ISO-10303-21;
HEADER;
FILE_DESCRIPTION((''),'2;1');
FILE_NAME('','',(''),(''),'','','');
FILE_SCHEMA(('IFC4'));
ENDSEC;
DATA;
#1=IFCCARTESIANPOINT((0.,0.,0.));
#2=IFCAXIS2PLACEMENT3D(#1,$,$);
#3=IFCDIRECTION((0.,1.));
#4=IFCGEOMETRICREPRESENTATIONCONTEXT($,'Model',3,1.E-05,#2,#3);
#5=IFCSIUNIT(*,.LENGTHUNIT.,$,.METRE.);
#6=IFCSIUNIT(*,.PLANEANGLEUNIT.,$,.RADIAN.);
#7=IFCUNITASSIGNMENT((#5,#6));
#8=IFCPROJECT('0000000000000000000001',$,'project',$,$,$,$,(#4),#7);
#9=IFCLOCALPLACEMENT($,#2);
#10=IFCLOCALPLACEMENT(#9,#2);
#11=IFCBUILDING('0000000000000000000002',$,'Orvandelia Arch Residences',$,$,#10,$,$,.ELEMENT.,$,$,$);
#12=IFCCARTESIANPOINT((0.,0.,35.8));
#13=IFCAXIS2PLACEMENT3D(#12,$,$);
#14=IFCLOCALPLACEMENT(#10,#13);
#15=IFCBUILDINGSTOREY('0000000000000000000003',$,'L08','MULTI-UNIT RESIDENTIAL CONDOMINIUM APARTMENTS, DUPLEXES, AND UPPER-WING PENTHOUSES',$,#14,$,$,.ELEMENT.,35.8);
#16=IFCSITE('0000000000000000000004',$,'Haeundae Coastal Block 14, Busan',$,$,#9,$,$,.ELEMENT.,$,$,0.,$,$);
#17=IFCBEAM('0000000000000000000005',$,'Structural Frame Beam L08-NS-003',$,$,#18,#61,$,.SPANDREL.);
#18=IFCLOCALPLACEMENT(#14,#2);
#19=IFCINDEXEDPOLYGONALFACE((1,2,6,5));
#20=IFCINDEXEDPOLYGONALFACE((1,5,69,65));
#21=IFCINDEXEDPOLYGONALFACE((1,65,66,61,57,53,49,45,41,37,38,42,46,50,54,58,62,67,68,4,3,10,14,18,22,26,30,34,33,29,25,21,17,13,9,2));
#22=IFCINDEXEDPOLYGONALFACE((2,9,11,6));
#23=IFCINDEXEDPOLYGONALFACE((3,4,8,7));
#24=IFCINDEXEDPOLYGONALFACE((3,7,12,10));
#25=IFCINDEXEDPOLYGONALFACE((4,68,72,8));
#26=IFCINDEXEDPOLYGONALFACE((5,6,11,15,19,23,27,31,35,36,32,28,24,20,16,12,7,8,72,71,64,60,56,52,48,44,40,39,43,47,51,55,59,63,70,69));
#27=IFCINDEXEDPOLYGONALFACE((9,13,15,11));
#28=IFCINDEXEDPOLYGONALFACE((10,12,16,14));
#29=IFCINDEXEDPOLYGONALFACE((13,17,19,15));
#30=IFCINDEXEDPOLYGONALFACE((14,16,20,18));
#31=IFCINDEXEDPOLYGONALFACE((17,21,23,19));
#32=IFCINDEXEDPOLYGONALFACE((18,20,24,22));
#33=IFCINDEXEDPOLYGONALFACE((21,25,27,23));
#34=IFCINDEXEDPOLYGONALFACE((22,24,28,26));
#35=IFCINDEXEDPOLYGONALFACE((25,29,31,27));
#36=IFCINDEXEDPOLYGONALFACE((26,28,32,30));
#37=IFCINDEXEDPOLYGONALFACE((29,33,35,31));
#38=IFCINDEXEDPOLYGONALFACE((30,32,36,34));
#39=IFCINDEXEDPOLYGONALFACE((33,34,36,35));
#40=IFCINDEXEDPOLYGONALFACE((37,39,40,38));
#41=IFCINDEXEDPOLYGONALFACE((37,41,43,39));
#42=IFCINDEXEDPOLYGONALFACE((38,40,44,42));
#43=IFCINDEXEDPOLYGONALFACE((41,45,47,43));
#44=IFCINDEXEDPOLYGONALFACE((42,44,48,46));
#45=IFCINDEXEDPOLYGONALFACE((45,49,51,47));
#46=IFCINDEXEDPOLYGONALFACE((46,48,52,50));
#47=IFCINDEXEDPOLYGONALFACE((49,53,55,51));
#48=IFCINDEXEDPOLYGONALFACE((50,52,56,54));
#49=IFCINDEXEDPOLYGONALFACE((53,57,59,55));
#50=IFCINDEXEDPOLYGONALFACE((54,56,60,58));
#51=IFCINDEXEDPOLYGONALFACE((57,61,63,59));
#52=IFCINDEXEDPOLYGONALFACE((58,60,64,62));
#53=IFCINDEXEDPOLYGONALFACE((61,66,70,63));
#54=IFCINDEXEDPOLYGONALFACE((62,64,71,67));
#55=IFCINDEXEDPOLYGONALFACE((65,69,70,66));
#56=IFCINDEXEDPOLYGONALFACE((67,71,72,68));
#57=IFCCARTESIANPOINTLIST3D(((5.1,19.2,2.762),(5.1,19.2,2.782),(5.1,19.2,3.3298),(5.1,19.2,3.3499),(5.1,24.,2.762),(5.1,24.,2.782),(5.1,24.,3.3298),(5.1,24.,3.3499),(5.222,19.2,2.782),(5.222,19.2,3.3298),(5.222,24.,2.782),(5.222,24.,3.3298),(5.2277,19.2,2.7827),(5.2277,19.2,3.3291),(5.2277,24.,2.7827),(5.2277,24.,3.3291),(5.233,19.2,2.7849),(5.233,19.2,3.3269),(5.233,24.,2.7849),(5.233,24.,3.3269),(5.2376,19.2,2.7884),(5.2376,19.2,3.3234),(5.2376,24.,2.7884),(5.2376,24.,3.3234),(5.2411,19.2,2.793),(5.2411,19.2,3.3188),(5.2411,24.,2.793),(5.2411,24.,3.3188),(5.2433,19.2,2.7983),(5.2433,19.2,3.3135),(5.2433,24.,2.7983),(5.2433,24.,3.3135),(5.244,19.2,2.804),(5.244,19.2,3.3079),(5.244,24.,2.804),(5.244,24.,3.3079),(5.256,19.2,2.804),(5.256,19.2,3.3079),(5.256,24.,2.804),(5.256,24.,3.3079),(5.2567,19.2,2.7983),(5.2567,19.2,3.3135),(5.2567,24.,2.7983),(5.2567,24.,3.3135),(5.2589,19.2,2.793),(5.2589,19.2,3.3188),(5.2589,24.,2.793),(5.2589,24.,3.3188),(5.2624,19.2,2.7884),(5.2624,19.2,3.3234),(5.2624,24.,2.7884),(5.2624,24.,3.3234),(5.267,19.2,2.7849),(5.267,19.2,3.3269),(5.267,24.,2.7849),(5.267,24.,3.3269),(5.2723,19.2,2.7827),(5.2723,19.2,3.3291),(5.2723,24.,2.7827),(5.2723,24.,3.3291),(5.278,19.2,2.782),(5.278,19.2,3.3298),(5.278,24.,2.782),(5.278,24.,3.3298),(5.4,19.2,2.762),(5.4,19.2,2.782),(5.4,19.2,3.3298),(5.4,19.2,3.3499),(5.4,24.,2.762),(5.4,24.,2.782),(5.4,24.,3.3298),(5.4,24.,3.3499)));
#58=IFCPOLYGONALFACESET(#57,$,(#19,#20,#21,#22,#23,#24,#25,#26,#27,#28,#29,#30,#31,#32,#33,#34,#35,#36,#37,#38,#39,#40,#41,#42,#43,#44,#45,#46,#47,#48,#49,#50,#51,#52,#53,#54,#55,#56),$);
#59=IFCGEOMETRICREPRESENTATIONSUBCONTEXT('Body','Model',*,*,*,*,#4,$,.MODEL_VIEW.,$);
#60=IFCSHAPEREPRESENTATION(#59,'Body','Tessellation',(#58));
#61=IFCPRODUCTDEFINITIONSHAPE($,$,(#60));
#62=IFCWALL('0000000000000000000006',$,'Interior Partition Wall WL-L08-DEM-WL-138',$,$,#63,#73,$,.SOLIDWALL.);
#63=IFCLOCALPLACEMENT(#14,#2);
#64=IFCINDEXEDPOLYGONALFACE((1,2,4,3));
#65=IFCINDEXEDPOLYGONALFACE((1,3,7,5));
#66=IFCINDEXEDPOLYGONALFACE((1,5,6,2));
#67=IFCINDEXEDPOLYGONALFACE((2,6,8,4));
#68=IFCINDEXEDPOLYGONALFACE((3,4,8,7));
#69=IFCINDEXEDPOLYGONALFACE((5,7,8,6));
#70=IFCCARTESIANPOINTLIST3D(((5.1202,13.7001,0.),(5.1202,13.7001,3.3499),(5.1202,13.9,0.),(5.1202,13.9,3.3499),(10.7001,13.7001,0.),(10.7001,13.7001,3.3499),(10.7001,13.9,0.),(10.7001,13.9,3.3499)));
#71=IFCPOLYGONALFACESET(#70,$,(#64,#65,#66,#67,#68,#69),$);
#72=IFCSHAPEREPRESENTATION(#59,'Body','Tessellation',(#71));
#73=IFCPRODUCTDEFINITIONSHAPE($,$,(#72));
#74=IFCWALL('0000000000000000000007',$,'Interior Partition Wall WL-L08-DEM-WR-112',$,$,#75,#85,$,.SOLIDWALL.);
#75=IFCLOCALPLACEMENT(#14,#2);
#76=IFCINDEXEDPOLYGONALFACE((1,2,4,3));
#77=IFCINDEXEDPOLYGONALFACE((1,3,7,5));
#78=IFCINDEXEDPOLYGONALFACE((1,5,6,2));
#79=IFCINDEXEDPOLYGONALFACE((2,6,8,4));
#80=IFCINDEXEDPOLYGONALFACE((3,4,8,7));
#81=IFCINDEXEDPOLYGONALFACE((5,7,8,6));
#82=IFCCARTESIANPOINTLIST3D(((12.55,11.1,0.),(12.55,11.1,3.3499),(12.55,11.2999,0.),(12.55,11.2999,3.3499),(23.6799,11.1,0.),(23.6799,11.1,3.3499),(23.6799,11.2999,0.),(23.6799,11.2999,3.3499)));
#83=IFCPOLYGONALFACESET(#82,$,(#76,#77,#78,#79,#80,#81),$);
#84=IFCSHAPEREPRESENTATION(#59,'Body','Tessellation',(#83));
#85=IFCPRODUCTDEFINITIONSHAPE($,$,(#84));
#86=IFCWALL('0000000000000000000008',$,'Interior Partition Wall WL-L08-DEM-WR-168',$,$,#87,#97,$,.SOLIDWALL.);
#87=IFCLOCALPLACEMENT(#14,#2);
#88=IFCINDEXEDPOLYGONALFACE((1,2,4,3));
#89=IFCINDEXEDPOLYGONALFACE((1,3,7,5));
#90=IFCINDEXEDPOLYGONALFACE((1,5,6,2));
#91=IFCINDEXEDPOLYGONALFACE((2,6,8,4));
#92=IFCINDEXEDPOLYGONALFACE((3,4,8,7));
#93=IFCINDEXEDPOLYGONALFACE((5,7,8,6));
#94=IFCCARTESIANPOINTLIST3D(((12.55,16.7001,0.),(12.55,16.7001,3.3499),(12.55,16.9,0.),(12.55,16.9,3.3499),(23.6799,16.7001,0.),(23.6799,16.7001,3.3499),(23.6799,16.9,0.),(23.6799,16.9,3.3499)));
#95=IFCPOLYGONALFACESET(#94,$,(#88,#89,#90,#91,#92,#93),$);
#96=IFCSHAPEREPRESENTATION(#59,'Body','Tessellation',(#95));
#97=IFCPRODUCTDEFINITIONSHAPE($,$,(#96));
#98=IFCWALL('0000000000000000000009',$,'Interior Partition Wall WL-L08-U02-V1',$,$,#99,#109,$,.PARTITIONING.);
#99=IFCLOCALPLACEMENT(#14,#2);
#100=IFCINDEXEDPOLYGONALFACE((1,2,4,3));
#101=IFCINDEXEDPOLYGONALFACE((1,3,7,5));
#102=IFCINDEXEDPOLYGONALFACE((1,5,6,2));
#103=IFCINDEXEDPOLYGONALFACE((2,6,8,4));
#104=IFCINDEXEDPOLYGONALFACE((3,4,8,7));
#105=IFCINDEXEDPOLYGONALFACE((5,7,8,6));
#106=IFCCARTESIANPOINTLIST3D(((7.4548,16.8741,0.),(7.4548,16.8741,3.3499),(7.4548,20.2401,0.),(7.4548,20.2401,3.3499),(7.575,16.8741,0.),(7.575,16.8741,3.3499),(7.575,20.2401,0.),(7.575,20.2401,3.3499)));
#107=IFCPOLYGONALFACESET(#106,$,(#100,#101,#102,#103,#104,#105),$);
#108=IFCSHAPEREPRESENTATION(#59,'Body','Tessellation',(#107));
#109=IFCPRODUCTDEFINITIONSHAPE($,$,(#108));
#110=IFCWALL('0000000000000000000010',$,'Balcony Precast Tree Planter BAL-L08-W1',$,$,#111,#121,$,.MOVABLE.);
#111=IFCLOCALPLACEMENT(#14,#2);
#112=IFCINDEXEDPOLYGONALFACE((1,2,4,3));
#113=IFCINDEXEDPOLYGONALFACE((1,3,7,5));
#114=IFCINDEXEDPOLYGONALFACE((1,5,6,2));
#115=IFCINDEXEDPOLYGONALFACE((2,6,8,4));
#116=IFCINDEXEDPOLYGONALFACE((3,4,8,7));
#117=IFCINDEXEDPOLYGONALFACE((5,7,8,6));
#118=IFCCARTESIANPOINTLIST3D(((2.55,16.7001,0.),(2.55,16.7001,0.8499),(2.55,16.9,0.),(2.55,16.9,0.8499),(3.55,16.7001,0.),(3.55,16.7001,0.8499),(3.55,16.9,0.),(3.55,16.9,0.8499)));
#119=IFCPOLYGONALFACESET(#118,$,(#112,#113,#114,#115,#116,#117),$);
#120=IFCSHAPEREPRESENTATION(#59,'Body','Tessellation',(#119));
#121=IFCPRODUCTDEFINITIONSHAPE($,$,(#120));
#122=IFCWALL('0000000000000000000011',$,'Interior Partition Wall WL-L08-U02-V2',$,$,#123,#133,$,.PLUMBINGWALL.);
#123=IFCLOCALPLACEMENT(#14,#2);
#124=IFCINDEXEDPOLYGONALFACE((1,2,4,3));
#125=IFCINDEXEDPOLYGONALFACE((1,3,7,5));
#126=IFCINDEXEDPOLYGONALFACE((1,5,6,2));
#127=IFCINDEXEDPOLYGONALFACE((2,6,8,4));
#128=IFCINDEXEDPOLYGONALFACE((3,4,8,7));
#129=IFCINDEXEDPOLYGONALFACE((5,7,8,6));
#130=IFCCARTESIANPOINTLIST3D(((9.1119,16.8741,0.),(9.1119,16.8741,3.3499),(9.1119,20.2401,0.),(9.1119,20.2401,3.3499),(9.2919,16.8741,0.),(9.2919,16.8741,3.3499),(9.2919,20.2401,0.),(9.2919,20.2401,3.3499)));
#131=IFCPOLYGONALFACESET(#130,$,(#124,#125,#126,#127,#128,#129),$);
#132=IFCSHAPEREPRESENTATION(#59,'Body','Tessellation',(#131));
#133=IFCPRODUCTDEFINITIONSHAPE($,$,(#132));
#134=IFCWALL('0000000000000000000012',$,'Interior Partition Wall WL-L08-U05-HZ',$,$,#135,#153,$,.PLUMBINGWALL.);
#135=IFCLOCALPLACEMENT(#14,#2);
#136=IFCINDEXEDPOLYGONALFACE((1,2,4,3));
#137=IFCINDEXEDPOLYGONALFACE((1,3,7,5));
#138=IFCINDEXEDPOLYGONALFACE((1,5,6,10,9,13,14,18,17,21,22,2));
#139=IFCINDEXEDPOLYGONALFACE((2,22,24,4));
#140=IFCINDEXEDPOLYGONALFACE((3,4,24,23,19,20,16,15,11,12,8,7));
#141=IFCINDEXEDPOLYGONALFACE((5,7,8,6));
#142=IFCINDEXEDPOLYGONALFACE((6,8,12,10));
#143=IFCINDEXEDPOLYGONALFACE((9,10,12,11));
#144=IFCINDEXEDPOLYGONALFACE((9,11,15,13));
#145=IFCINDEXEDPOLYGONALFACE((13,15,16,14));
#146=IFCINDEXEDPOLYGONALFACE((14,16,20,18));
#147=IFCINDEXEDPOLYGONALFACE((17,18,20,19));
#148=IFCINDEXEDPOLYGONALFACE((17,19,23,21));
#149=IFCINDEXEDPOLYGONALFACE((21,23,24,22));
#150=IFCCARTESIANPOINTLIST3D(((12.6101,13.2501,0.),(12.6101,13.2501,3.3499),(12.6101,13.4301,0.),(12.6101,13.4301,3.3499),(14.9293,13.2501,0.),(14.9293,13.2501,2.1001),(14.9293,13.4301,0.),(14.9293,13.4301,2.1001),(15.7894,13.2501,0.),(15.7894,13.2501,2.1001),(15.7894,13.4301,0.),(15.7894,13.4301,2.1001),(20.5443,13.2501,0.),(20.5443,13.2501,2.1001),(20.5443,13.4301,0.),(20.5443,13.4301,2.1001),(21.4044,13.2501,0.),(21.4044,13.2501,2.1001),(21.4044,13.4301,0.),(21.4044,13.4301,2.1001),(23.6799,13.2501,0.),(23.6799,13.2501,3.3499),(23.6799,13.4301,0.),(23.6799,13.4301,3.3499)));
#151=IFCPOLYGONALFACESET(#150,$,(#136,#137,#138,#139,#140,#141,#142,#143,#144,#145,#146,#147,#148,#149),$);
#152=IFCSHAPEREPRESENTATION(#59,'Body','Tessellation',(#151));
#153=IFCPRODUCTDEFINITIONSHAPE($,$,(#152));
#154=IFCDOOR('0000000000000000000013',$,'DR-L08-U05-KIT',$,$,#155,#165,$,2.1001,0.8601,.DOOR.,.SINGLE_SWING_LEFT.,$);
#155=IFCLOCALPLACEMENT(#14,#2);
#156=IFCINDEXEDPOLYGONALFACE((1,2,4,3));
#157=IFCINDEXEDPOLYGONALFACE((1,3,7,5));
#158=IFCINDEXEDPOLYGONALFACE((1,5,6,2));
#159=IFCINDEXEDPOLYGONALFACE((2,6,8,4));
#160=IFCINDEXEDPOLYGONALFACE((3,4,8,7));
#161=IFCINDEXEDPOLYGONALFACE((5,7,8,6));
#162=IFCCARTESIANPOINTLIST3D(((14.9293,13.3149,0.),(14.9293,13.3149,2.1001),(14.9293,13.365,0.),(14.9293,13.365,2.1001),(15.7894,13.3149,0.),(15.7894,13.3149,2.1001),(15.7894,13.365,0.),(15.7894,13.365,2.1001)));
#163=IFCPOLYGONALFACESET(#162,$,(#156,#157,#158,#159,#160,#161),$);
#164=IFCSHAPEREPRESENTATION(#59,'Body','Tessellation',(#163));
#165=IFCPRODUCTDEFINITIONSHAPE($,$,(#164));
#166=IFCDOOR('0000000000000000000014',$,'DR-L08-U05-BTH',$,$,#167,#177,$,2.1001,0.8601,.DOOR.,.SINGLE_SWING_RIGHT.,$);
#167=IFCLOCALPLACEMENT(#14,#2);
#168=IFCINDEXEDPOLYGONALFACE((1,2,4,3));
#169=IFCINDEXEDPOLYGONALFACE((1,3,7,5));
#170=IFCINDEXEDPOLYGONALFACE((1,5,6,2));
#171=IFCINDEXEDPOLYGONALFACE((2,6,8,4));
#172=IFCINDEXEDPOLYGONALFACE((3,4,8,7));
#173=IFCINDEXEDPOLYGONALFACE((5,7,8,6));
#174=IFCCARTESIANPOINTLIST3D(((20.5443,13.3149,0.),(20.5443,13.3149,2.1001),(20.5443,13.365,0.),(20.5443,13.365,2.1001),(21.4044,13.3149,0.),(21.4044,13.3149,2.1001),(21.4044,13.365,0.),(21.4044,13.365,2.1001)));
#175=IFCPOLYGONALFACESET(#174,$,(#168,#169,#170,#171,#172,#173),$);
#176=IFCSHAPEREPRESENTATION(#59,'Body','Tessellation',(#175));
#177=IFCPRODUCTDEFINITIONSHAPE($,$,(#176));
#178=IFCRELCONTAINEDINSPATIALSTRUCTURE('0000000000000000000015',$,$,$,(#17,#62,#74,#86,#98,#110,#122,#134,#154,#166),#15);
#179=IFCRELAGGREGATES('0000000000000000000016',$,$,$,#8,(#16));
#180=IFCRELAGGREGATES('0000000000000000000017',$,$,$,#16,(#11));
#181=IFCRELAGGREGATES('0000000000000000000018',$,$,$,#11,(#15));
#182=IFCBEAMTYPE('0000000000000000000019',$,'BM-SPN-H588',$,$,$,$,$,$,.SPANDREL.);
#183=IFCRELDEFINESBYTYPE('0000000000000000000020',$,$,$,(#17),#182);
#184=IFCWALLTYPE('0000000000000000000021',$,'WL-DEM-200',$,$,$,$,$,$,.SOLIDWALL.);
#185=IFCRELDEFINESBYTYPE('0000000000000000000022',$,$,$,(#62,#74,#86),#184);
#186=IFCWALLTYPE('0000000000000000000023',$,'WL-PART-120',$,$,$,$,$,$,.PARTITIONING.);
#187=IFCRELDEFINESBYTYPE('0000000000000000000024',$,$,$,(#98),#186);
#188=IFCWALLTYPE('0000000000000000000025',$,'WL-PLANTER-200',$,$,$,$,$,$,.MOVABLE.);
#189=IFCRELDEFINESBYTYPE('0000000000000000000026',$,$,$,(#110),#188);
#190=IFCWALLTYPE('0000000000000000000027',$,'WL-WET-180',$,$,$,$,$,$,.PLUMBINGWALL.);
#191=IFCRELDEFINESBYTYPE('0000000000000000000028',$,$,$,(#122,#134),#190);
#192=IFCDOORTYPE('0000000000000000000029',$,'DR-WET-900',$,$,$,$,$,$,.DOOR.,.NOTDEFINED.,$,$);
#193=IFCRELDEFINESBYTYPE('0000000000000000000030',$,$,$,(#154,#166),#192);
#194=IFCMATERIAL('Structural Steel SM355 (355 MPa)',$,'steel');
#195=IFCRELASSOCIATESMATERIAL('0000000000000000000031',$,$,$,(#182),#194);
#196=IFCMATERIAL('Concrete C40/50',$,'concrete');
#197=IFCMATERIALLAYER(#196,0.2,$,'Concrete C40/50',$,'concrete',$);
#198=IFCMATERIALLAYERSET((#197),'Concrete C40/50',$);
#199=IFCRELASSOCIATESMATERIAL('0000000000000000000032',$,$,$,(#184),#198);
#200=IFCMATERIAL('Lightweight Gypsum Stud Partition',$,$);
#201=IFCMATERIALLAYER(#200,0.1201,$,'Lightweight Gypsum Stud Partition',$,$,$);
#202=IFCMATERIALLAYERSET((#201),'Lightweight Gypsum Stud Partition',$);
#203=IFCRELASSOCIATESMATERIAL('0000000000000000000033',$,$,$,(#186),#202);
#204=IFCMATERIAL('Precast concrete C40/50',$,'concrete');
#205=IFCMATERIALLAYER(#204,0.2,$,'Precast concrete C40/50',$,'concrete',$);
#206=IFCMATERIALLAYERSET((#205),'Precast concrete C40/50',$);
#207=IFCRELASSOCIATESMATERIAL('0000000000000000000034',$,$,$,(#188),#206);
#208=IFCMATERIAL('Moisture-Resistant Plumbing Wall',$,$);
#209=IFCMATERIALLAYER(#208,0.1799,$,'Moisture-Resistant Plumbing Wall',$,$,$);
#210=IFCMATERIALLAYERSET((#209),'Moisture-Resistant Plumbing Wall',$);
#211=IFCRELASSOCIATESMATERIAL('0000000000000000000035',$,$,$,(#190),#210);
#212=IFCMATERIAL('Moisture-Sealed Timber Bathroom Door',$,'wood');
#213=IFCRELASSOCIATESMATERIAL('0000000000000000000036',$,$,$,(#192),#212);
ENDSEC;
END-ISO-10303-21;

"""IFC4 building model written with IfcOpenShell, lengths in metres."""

from ifc_helpers import new_model, si_unit, direction, frame, frame_2d, origin, origin_2d, place, context, subcontext, project, spatial, rectangle, i_section, extrude, material, layer, layer_set, material_profile, profile_set, type_object, element, fill, save


model = new_model("IFC4")

# Units and contexts
model_context = context("Model", 3, precision=1e-05, world=origin(), true_north=direction((0.0, 1.0)))
body_context = subcontext(model_context, "Body", "Model", "MODEL_VIEW")
ifc_project = project(units=[si_unit("LENGTHUNIT", "METRE"), si_unit("PLANEANGLEUNIT", "RADIAN")], contexts=[model_context])

# Site, building, storey
site_placement = place(None, origin())
site = spatial("IfcSite", under=ifc_project, at=site_placement, Name="Haeundae Coastal Block 14, Busan", CompositionType="ELEMENT", RefElevation=0.0)
building_placement = place(site_placement, origin())
building = spatial("IfcBuilding", under=site, at=building_placement, Name="Orvandelia Arch Residences", CompositionType="ELEMENT")
storey_placement = place(building_placement, frame((0.0, 0.0, 35.8)))
storey = spatial("IfcBuildingStorey", under=building, at=storey_placement, Name="L08", Description="MULTI-UNIT RESIDENTIAL CONDOMINIUM APARTMENTS, DUPLEXES, AND UPPER-WING PENTHOUSES", CompositionType="ELEMENT", Elevation=35.8)

# Beam
ifc_material_1 = material(Name="Structural Steel SM355 (355 MPa)", Category="steel")
ifc_material_profile_1 = material_profile(ifc_material_1, i_section(OverallWidth=0.3, OverallDepth=0.5879, WebThickness=0.012, FlangeThickness=0.02, FilletRadius=0.022, at=origin_2d()), Name="Structural Steel SM355 (355 MPa)", Category="steel")
ifc_profile_set_1 = profile_set([ifc_material_profile_1], Name="Structural Steel SM355 (355 MPa)")
beam_type_1 = type_object("IfcBeamType", Name="BM-SPN-H588", PredefinedType="SPANDREL", material=ifc_profile_set_1)
for number, where, z_axis, x_axis, name in (
    (1, (5.25, 19.2, 3.0559), (0.0, 1.0, 0.0), (-1.0, 0.0, 0.0), "Structural Frame Beam L08-NS-003"),
):
    element("IfcBeam", number, at=place(storey_placement, frame(where, z_axis=z_axis, x_axis=x_axis)), inside=storey, type_object=beam_type_1, Name=name, PredefinedType="SPANDREL", context=body_context, shape_type="SweptSolid", body=[
        extrude(i_section(OverallWidth=0.3, OverallDepth=0.5879, WebThickness=0.012, FlangeThickness=0.02, FilletRadius=0.022, at=origin_2d()), origin(), (0.0, 0.0, 1.0), 4.8),
    ])

# Walls
ifc_material_2 = material(Name="Concrete C40/50", Category="concrete")
ifc_layer_1 = layer(ifc_material_2, 0.2, Name="Concrete C40/50", Category="concrete")
ifc_layer_set_1 = layer_set([ifc_layer_1], Name="Concrete C40/50")
wall_type_1 = type_object("IfcWallType", Name="WL-DEM-200", PredefinedType="SOLIDWALL", material=ifc_layer_set_1)
wall_1_placement = place(storey_placement, frame((5.1201, 13.8, 0.0), z_axis=(0.0, 0.0, 1.0), x_axis=(1.0, 0.0, 0.0)))
element("IfcWall", 2, at=wall_1_placement, inside=storey, type_object=wall_type_1, Name="Interior Partition Wall WL-L08-DEM-WL-138", PredefinedType="SOLIDWALL", context=body_context, shape_type="SweptSolid", body=[
    extrude(rectangle(XDim=5.5798, YDim=0.2, at=frame_2d((2.79, 0.0))), origin(), (0.0, 0.0, 1.0), 3.3499),
])
for number, where, z_axis, x_axis, name in (
    (3, (12.55, 11.2, 0.0), (0.0, 0.0, 1.0), (1.0, 0.0, 0.0), "Interior Partition Wall WL-L08-DEM-WR-112"),
    (4, (12.55, 16.8, 0.0), (0.0, 0.0, 1.0), (1.0, 0.0, 0.0), "Interior Partition Wall WL-L08-DEM-WR-168"),
):
    element("IfcWall", number, at=place(storey_placement, frame(where, z_axis=z_axis, x_axis=x_axis)), inside=storey, type_object=wall_type_1, Name=name, PredefinedType="SOLIDWALL", context=body_context, shape_type="SweptSolid", body=[
        extrude(rectangle(XDim=11.1299, YDim=0.2, at=frame_2d((5.5649, 0.0))), origin(), (0.0, 0.0, 1.0), 3.3499),
    ])
ifc_material_3 = material(Name="Lightweight Gypsum Stud Partition")
ifc_layer_2 = layer(ifc_material_3, 0.1201, Name="Lightweight Gypsum Stud Partition")
ifc_layer_set_2 = layer_set([ifc_layer_2], Name="Lightweight Gypsum Stud Partition")
wall_type_2 = type_object("IfcWallType", Name="WL-PART-120", PredefinedType="PARTITIONING", material=ifc_layer_set_2)
wall_2_placement = place(storey_placement, frame((7.5149, 16.874, 0.0), z_axis=(0.0, 0.0, 1.0), x_axis=(0.0, 1.0, 0.0)))
element("IfcWall", 5, at=wall_2_placement, inside=storey, type_object=wall_type_2, Name="Interior Partition Wall WL-L08-U02-V1", PredefinedType="PARTITIONING", context=body_context, shape_type="SweptSolid", body=[
    extrude(rectangle(XDim=3.366, YDim=0.1201, at=frame_2d((1.6831, 0.0))), origin(), (0.0, 0.0, 1.0), 3.3499),
])
ifc_material_4 = material(Name="Precast concrete C40/50", Category="concrete")
ifc_layer_3 = layer(ifc_material_4, 0.2, Name="Precast concrete C40/50", Category="concrete")
ifc_layer_set_3 = layer_set([ifc_layer_3], Name="Precast concrete C40/50")
wall_type_3 = type_object("IfcWallType", Name="WL-PLANTER-200", PredefinedType="MOVABLE", material=ifc_layer_set_3)
wall_3_placement = place(storey_placement, frame((2.55, 16.8, 0.0), z_axis=(0.0, 0.0, 1.0), x_axis=(1.0, 0.0, 0.0)))
element("IfcWall", 6, at=wall_3_placement, inside=storey, type_object=wall_type_3, Name="Balcony Precast Tree Planter BAL-L08-W1", PredefinedType="MOVABLE", context=body_context, shape_type="SweptSolid", body=[
    extrude(rectangle(XDim=1.0, YDim=0.2, at=frame_2d((0.5, 0.0))), origin(), (0.0, 0.0, 1.0), 0.8499),
])

# Shared definitions
ifc_material_5 = material(Name="Moisture-Resistant Plumbing Wall")
ifc_layer_4 = layer(ifc_material_5, 0.1799, Name="Moisture-Resistant Plumbing Wall")
ifc_layer_set_4 = layer_set([ifc_layer_4], Name="Moisture-Resistant Plumbing Wall")
wall_type_4 = type_object("IfcWallType", Name="WL-WET-180", PredefinedType="PLUMBINGWALL", material=ifc_layer_set_4)
ifc_material_6 = material(Name="Moisture-Sealed Timber Bathroom Door", Category="wood")
door_type_1 = type_object("IfcDoorType", Name="DR-WET-900", OperationType="NOTDEFINED", PredefinedType="DOOR", material=ifc_material_6)

# Wall
wall_4_placement = place(storey_placement, frame((9.2019, 16.874, 0.0), z_axis=(0.0, 0.0, 1.0), x_axis=(0.0, 1.0, 0.0)))
element("IfcWall", 7, at=wall_4_placement, inside=storey, type_object=wall_type_4, Name="Interior Partition Wall WL-L08-U02-V2", PredefinedType="PLUMBINGWALL", context=body_context, shape_type="SweptSolid", body=[
    extrude(rectangle(XDim=3.366, YDim=0.1799, at=frame_2d((1.6831, 0.0))), origin(), (0.0, 0.0, 1.0), 3.3499),
])

# Wall, openings, doors
wall_5_placement = place(storey_placement, frame((12.6101, 13.3401, 0.0), z_axis=(0.0, 0.0, 1.0), x_axis=(1.0, 0.0, 0.0)))
wall_5 = element("IfcWall", 8, at=wall_5_placement, inside=storey, type_object=wall_type_4, Name="Interior Partition Wall WL-L08-U05-HZ", PredefinedType="PLUMBINGWALL", context=body_context, shape_type="SweptSolid", body=[
    extrude(rectangle(XDim=11.0698, YDim=0.1799, at=frame_2d((5.5349, 0.0))), origin(), (0.0, 0.0, 1.0), 3.3499),
])
opening_1_placement = place(wall_5_placement, frame((2.3191, 0.0, 0.0)))
opening_1 = element("IfcOpeningElement", 9, at=opening_1_placement, cuts=wall_5, PredefinedType="OPENING", context=body_context, shape_type="SweptSolid", body=[
    extrude(rectangle(XDim=0.8601, YDim=2.1001, at=frame_2d((0.4302, 1.05))), frame((0.0, 0.1001, 0.0), z_axis=(0.0, -1.0, 0.0), x_axis=(1.0, 0.0, 0.0)), (0.0, 0.0, 1.0), 0.2),
])
opening_2_placement = place(wall_5_placement, frame((7.9341, 0.0, 0.0)))
opening_2 = element("IfcOpeningElement", 10, at=opening_2_placement, cuts=wall_5, PredefinedType="OPENING", context=body_context, shape_type="SweptSolid", body=[
    extrude(rectangle(XDim=0.8601, YDim=2.1001, at=frame_2d((0.4302, 1.05))), frame((0.0, 0.1001, 0.0), z_axis=(0.0, -1.0, 0.0), x_axis=(1.0, 0.0, 0.0)), (0.0, 0.0, 1.0), 0.2),
])
door_1_placement = place(opening_1_placement, origin())
door_1 = element("IfcDoor", 11, at=door_1_placement, inside=storey, type_object=door_type_1, Name="DR-L08-U05-KIT", OperationType="SINGLE_SWING_LEFT", OverallHeight=2.1001, OverallWidth=0.8601, PredefinedType="DOOR", context=body_context, shape_type="SweptSolid", body=[
    extrude(rectangle(XDim=0.8601, YDim=2.1001, at=frame_2d((0.4302, 1.05))), frame((0.0, 0.0249, 0.0), z_axis=(0.0, -1.0, 0.0), x_axis=(1.0, 0.0, 0.0)), (0.0, 0.0, 1.0), 0.05),
])
fill(opening_1, door_1)
door_2_placement = place(opening_2_placement, origin())
door_2 = element("IfcDoor", 12, at=door_2_placement, inside=storey, type_object=door_type_1, Name="DR-L08-U05-BTH", OperationType="SINGLE_SWING_RIGHT", OverallHeight=2.1001, OverallWidth=0.8601, PredefinedType="DOOR", context=body_context, shape_type="SweptSolid", body=[
    extrude(rectangle(XDim=0.8601, YDim=2.1001, at=frame_2d((0.4302, 1.05))), frame((0.0, 0.0249, 0.0), z_axis=(0.0, -1.0, 0.0), x_axis=(1.0, 0.0, 0.0)), (0.0, 0.0, 1.0), 0.05),
])
fill(opening_2, door_2)

save(model, "model.ifc")
